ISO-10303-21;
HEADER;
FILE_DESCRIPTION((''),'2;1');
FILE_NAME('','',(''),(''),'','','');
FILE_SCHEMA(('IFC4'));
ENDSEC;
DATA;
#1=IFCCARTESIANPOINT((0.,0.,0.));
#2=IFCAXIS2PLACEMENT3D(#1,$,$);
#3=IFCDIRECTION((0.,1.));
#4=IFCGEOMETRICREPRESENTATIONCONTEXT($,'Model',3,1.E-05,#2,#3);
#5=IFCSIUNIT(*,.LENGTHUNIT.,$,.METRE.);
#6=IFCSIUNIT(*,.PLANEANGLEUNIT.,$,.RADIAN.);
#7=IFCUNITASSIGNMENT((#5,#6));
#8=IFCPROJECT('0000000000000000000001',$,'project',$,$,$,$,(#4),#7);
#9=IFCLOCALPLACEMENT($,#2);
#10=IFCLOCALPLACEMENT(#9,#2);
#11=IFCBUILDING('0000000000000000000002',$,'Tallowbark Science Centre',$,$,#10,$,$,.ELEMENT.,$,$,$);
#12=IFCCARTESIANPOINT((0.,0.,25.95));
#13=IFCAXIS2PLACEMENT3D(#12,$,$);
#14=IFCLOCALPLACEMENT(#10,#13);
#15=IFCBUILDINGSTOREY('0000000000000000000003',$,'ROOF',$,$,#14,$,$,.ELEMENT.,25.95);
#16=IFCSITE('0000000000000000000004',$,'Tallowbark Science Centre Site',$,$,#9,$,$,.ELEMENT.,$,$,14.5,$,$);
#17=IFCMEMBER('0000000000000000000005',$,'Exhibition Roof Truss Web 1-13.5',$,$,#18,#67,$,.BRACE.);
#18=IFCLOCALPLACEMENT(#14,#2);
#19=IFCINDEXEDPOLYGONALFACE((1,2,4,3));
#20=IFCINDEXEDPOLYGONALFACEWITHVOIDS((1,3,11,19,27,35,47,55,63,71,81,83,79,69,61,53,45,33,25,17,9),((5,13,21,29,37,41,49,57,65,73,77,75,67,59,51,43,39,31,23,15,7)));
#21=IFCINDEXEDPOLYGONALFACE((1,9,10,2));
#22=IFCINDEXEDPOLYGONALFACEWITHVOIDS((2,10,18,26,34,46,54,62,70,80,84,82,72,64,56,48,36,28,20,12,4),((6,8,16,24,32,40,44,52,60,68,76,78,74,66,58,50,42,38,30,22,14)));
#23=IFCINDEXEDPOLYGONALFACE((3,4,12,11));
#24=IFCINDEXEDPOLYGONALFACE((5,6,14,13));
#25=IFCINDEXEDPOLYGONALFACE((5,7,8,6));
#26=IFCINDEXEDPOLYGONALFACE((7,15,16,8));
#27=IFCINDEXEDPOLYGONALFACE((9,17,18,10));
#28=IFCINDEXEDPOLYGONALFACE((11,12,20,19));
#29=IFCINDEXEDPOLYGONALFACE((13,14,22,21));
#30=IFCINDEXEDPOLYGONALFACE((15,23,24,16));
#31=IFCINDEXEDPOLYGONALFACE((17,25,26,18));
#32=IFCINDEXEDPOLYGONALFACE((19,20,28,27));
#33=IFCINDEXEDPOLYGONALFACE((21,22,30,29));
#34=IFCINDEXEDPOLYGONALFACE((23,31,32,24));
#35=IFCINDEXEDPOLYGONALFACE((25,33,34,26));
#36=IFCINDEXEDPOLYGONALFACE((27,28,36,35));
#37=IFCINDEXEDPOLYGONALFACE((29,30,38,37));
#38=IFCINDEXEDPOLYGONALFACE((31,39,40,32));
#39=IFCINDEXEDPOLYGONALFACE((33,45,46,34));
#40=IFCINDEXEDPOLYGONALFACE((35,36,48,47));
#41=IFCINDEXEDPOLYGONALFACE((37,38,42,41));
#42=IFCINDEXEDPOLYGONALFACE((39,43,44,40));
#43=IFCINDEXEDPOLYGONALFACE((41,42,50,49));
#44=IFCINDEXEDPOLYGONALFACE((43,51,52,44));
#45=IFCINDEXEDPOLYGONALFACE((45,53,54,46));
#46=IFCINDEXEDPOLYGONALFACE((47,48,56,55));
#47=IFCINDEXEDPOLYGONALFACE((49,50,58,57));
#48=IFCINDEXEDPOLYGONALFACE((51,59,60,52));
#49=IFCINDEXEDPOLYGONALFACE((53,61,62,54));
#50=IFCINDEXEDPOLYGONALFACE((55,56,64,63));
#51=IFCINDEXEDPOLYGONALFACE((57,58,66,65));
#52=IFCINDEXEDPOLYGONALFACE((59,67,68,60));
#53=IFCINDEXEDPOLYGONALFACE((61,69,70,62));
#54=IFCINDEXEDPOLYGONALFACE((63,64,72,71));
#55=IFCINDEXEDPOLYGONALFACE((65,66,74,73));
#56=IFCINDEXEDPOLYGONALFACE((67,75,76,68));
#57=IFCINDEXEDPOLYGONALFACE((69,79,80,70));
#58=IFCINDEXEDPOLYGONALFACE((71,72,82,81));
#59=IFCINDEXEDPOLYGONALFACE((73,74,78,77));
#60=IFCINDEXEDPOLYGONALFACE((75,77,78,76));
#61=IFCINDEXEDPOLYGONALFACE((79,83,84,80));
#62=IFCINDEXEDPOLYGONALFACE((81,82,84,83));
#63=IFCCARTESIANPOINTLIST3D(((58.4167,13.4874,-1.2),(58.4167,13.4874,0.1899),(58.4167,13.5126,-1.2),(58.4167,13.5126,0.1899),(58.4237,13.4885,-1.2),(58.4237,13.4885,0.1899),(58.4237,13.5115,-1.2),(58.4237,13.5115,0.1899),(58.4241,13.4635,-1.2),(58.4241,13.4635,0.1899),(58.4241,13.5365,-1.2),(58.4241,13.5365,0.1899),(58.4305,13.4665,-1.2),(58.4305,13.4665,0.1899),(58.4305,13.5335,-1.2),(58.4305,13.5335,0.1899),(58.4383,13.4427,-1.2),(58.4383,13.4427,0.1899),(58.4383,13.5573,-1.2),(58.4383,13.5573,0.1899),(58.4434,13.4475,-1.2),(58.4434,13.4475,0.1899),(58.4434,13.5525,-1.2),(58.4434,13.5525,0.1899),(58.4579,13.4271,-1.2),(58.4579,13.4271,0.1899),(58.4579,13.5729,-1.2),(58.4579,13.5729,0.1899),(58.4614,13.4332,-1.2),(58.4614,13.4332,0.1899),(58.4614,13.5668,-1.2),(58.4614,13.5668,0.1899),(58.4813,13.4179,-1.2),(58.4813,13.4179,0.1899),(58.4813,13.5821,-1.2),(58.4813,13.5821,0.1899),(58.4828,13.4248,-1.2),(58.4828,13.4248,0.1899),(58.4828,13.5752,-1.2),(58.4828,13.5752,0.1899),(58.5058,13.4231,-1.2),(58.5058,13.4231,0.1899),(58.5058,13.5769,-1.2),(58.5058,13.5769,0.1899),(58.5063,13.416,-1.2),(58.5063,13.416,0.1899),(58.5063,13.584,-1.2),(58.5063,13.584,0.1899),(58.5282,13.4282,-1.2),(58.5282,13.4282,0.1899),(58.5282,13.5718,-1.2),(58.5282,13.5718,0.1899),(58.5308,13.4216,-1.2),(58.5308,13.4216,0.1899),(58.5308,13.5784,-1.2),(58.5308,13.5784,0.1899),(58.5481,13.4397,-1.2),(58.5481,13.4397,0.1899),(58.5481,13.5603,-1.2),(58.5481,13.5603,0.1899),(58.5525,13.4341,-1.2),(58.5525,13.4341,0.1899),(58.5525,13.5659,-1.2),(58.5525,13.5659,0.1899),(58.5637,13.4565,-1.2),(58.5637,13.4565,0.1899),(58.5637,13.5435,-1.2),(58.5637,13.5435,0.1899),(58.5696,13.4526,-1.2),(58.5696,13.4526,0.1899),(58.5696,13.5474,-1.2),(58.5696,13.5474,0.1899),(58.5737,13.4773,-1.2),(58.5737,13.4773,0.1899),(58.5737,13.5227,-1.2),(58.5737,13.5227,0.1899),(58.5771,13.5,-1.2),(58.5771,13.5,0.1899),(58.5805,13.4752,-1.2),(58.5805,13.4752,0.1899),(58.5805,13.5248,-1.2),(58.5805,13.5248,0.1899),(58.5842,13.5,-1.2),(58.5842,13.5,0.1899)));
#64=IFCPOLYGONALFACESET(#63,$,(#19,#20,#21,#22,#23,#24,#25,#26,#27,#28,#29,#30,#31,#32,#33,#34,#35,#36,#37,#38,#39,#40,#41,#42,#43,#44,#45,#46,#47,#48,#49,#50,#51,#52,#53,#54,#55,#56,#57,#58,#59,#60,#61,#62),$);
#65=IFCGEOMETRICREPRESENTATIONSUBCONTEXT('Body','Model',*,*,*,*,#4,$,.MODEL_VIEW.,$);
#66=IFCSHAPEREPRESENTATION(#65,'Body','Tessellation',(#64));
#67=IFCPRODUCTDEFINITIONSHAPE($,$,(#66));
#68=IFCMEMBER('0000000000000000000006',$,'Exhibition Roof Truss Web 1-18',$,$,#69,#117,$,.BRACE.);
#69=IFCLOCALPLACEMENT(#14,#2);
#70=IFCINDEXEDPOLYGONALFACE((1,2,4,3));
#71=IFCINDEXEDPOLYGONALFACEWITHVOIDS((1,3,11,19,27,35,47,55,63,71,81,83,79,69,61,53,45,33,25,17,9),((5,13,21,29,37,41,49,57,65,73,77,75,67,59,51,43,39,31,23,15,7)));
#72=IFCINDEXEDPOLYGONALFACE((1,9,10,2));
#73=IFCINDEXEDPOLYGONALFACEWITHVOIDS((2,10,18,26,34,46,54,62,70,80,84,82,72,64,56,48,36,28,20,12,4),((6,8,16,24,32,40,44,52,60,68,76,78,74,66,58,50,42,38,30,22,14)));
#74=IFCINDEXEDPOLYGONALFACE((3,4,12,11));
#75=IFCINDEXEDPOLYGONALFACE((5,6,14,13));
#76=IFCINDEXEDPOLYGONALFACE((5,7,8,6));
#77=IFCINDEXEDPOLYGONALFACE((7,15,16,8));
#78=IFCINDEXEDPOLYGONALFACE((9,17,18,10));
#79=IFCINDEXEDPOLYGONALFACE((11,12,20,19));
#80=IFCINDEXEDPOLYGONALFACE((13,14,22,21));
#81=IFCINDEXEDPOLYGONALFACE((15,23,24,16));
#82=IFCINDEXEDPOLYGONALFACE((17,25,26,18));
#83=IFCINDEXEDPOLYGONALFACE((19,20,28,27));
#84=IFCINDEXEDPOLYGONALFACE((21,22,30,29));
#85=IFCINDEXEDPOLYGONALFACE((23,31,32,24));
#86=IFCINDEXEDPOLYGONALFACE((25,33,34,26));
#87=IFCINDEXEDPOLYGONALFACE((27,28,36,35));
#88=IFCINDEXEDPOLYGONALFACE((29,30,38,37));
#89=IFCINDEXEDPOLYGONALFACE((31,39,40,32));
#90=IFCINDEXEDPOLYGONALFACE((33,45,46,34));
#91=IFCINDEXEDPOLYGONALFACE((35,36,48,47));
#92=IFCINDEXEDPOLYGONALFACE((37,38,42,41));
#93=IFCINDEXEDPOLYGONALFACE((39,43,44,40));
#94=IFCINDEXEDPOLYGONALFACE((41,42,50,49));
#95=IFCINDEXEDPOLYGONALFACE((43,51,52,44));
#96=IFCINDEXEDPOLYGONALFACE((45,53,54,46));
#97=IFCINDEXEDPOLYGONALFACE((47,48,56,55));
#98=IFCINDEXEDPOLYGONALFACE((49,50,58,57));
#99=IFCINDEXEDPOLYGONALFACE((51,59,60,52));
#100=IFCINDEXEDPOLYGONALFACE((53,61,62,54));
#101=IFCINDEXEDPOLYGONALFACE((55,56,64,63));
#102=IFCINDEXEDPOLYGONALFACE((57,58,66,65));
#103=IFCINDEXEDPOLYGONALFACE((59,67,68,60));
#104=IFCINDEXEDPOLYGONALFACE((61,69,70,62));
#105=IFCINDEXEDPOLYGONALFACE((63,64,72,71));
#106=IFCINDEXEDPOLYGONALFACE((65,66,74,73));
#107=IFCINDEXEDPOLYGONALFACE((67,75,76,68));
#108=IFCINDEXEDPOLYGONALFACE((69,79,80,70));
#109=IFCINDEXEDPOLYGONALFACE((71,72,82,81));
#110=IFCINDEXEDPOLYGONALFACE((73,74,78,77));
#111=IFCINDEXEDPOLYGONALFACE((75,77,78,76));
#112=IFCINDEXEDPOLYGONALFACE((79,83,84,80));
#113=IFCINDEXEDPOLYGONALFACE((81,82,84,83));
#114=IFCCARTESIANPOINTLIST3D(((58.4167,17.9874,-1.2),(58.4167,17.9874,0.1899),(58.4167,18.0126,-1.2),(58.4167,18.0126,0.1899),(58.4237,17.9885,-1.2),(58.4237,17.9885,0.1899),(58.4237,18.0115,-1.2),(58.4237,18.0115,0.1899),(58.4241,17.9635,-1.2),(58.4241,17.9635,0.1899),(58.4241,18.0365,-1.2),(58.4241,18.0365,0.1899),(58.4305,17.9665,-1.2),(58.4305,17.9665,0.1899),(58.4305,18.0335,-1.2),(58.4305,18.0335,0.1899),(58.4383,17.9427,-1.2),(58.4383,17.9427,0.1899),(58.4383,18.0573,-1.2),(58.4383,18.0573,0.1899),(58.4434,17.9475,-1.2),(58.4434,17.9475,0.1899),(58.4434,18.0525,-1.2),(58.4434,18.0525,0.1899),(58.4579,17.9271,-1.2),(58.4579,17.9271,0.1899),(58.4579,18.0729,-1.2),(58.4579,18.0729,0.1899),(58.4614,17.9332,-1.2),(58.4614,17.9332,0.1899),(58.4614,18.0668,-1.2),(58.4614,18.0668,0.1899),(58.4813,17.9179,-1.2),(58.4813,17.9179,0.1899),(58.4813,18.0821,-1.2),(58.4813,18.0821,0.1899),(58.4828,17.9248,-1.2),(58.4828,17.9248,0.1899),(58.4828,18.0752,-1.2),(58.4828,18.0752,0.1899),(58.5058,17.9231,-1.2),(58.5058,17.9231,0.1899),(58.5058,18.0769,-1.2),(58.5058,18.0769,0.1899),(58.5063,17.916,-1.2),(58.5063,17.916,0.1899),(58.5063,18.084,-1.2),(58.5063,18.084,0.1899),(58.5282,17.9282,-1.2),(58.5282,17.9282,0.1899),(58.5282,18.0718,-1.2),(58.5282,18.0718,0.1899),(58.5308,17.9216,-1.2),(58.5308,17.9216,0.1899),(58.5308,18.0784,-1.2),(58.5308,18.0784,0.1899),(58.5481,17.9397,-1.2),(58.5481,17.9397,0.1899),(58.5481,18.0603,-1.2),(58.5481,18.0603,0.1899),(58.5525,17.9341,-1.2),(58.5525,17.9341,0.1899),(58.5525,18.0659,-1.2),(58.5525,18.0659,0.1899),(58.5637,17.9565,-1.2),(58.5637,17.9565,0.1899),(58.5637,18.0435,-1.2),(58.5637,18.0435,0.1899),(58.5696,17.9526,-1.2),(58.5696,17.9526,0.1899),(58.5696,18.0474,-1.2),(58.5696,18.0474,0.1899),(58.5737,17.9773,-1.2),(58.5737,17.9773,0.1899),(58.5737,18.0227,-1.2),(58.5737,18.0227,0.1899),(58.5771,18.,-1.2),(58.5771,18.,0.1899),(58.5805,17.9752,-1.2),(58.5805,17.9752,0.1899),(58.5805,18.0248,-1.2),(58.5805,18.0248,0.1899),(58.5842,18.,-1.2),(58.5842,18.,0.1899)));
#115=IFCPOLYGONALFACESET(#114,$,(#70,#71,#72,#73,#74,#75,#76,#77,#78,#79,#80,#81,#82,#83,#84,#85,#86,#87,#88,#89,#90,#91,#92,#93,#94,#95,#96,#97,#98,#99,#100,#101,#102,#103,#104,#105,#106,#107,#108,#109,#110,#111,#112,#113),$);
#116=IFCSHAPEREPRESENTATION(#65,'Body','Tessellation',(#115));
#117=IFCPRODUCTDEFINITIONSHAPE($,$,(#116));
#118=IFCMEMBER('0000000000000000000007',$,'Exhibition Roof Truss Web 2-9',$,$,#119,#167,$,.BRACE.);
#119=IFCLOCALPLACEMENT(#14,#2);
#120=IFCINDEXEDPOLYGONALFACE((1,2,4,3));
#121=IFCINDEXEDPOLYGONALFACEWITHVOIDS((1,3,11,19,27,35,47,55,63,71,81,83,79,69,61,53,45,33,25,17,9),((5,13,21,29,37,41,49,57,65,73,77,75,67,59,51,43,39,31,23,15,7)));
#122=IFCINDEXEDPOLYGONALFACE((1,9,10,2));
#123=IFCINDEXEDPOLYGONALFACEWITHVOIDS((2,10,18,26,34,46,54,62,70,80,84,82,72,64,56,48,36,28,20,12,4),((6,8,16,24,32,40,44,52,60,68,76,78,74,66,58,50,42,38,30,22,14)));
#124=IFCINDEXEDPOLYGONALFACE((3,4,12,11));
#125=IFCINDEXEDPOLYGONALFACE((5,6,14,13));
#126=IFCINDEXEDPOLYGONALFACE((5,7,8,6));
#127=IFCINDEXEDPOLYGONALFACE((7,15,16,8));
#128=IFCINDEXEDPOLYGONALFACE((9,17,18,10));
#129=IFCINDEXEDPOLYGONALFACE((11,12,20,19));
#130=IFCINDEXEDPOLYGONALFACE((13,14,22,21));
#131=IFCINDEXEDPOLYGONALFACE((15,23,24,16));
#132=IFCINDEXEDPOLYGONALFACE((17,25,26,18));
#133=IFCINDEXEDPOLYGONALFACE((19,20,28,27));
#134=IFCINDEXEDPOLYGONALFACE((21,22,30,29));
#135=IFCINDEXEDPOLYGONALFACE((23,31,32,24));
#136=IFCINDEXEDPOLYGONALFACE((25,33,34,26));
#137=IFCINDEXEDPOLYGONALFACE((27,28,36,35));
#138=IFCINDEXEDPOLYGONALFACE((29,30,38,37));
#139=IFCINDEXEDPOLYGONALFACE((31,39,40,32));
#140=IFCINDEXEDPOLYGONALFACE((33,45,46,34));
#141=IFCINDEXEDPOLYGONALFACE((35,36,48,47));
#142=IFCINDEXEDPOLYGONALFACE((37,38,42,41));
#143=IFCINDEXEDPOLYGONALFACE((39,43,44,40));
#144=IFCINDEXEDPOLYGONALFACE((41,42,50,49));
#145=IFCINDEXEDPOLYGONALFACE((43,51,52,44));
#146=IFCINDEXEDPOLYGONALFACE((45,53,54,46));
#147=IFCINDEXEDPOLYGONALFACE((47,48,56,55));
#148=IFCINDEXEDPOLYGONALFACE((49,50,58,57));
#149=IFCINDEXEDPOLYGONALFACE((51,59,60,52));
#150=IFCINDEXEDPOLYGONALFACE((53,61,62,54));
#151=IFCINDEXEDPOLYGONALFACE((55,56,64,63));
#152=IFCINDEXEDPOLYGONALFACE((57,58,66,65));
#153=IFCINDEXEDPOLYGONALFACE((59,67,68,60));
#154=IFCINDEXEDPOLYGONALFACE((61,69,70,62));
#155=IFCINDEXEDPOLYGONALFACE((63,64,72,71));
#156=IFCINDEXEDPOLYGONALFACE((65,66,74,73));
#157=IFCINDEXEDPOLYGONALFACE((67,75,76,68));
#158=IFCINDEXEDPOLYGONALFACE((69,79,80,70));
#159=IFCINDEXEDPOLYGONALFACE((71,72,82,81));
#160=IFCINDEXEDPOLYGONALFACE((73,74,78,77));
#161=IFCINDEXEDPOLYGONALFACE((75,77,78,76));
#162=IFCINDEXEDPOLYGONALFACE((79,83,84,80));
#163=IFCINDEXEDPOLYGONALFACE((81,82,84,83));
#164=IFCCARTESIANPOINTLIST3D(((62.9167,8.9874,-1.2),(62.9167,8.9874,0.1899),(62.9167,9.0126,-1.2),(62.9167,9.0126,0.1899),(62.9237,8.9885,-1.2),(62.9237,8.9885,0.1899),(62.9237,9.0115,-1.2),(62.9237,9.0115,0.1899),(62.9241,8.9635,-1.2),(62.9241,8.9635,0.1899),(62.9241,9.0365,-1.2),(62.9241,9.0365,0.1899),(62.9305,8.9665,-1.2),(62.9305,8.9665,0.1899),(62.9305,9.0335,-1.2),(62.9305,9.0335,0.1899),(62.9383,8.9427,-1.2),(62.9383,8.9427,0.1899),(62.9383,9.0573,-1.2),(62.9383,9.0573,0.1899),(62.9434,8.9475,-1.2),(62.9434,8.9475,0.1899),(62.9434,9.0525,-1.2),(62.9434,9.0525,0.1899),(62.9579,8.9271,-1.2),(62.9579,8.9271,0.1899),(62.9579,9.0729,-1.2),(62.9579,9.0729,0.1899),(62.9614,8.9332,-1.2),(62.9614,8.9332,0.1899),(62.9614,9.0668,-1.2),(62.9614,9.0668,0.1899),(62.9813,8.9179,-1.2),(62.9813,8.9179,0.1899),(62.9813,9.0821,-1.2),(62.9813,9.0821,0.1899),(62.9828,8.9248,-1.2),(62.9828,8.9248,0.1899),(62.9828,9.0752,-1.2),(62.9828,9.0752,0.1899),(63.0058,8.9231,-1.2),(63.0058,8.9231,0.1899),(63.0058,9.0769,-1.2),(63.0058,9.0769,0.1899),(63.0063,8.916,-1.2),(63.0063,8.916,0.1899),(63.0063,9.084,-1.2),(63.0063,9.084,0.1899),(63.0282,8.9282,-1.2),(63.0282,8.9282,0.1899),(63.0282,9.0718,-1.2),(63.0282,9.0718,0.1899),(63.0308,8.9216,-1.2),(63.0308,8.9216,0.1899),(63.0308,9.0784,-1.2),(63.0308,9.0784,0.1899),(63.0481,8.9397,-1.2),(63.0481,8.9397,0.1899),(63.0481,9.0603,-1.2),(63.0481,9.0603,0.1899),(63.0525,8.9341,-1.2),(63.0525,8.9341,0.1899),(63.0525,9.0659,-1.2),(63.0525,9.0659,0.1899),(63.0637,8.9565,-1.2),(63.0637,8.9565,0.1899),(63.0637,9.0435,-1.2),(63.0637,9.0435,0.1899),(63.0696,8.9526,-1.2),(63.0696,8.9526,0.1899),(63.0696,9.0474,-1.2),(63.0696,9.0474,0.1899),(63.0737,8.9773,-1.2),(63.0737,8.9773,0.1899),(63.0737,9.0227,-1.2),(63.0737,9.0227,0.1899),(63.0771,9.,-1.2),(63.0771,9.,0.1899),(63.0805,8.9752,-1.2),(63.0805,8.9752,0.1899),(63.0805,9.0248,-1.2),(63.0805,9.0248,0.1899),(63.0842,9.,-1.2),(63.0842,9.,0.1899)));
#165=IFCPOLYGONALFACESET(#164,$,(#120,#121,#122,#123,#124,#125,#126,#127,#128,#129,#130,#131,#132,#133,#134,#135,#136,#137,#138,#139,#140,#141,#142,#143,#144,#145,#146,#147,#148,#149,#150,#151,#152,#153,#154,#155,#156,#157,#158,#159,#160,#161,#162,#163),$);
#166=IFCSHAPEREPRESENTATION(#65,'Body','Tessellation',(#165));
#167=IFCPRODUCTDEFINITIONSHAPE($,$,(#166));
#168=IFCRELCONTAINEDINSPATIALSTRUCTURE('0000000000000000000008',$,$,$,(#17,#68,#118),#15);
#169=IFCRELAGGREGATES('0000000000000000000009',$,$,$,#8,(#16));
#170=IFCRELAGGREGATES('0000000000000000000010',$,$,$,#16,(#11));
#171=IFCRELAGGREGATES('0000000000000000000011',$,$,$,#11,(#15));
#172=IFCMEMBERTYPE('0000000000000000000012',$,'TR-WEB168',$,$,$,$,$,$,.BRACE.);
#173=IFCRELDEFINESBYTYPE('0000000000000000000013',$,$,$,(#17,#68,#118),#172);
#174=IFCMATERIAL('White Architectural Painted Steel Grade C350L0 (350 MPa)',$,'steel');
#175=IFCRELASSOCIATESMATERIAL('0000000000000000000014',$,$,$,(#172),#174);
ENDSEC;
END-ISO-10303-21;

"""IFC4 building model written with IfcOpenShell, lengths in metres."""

from ifc_helpers import new_model, si_unit, direction, frame, origin, origin_2d, place, context, subcontext, project, spatial, hollow_circle, extrude, material, material_profile, profile_set, type_object, element, save


model = new_model("IFC4")

# Units and contexts
model_context = context("Model", 3, precision=1e-05, world=origin(), true_north=direction((0.0, 1.0)))
body_context = subcontext(model_context, "Body", "Model", "MODEL_VIEW")
ifc_project = project(units=[si_unit("LENGTHUNIT", "METRE"), si_unit("PLANEANGLEUNIT", "RADIAN")], contexts=[model_context])

# Site, building, storey
site_placement = place(None, origin())
site = spatial("IfcSite", under=ifc_project, at=site_placement, Name="Tallowbark Science Centre Site", CompositionType="ELEMENT", RefElevation=14.5)
building_placement = place(site_placement, origin())
building = spatial("IfcBuilding", under=site, at=building_placement, Name="Tallowbark Science Centre", CompositionType="ELEMENT")
storey_placement = place(building_placement, frame((0.0, 0.0, 25.95)))
storey = spatial("IfcBuildingStorey", under=building, at=storey_placement, Name="ROOF", CompositionType="ELEMENT", Elevation=25.95)

# Shared definitions
ifc_material_1 = material(Name="White Architectural Painted Steel Grade C350L0 (350 MPa)", Category="steel")

# Members
ifc_material_profile_1 = material_profile(ifc_material_1, hollow_circle(Radius=0.0842, WallThickness=0.0071, at=origin_2d()), Name="168.3x7.1CHS")
ifc_profile_set_1 = profile_set([ifc_material_profile_1], Name="White Architectural Painted Steel Grade C350L0 (350 MPa)")
member_type_1 = type_object("IfcMemberType", Name="TR-WEB168", PredefinedType="BRACE", material=ifc_profile_set_1)
for number, where, z_axis, x_axis, name in (
    (1, (58.5, 13.5, -1.2), (0.0, 0.0, 1.0), (1.0, 0.0, 0.0), "Exhibition Roof Truss Web 1-13.5"),
    (2, (58.5, 18.0, -1.2), (0.0, 0.0, 1.0), (1.0, 0.0, 0.0), "Exhibition Roof Truss Web 1-18"),
    (3, (63.0, 9.0, -1.2), (0.0, 0.0, 1.0), (1.0, 0.0, 0.0), "Exhibition Roof Truss Web 2-9"),
):
    element("IfcMember", number, at=place(storey_placement, frame(where, z_axis=z_axis, x_axis=x_axis)), inside=storey, type_object=member_type_1, Name=name, PredefinedType="BRACE", context=body_context, shape_type="SweptSolid", body=[
        extrude(hollow_circle(Radius=0.0842, WallThickness=0.0071, at=origin_2d()), origin(), (0.0, 0.0, 1.0), 1.3899),
    ])

save(model, "model.ifc")
